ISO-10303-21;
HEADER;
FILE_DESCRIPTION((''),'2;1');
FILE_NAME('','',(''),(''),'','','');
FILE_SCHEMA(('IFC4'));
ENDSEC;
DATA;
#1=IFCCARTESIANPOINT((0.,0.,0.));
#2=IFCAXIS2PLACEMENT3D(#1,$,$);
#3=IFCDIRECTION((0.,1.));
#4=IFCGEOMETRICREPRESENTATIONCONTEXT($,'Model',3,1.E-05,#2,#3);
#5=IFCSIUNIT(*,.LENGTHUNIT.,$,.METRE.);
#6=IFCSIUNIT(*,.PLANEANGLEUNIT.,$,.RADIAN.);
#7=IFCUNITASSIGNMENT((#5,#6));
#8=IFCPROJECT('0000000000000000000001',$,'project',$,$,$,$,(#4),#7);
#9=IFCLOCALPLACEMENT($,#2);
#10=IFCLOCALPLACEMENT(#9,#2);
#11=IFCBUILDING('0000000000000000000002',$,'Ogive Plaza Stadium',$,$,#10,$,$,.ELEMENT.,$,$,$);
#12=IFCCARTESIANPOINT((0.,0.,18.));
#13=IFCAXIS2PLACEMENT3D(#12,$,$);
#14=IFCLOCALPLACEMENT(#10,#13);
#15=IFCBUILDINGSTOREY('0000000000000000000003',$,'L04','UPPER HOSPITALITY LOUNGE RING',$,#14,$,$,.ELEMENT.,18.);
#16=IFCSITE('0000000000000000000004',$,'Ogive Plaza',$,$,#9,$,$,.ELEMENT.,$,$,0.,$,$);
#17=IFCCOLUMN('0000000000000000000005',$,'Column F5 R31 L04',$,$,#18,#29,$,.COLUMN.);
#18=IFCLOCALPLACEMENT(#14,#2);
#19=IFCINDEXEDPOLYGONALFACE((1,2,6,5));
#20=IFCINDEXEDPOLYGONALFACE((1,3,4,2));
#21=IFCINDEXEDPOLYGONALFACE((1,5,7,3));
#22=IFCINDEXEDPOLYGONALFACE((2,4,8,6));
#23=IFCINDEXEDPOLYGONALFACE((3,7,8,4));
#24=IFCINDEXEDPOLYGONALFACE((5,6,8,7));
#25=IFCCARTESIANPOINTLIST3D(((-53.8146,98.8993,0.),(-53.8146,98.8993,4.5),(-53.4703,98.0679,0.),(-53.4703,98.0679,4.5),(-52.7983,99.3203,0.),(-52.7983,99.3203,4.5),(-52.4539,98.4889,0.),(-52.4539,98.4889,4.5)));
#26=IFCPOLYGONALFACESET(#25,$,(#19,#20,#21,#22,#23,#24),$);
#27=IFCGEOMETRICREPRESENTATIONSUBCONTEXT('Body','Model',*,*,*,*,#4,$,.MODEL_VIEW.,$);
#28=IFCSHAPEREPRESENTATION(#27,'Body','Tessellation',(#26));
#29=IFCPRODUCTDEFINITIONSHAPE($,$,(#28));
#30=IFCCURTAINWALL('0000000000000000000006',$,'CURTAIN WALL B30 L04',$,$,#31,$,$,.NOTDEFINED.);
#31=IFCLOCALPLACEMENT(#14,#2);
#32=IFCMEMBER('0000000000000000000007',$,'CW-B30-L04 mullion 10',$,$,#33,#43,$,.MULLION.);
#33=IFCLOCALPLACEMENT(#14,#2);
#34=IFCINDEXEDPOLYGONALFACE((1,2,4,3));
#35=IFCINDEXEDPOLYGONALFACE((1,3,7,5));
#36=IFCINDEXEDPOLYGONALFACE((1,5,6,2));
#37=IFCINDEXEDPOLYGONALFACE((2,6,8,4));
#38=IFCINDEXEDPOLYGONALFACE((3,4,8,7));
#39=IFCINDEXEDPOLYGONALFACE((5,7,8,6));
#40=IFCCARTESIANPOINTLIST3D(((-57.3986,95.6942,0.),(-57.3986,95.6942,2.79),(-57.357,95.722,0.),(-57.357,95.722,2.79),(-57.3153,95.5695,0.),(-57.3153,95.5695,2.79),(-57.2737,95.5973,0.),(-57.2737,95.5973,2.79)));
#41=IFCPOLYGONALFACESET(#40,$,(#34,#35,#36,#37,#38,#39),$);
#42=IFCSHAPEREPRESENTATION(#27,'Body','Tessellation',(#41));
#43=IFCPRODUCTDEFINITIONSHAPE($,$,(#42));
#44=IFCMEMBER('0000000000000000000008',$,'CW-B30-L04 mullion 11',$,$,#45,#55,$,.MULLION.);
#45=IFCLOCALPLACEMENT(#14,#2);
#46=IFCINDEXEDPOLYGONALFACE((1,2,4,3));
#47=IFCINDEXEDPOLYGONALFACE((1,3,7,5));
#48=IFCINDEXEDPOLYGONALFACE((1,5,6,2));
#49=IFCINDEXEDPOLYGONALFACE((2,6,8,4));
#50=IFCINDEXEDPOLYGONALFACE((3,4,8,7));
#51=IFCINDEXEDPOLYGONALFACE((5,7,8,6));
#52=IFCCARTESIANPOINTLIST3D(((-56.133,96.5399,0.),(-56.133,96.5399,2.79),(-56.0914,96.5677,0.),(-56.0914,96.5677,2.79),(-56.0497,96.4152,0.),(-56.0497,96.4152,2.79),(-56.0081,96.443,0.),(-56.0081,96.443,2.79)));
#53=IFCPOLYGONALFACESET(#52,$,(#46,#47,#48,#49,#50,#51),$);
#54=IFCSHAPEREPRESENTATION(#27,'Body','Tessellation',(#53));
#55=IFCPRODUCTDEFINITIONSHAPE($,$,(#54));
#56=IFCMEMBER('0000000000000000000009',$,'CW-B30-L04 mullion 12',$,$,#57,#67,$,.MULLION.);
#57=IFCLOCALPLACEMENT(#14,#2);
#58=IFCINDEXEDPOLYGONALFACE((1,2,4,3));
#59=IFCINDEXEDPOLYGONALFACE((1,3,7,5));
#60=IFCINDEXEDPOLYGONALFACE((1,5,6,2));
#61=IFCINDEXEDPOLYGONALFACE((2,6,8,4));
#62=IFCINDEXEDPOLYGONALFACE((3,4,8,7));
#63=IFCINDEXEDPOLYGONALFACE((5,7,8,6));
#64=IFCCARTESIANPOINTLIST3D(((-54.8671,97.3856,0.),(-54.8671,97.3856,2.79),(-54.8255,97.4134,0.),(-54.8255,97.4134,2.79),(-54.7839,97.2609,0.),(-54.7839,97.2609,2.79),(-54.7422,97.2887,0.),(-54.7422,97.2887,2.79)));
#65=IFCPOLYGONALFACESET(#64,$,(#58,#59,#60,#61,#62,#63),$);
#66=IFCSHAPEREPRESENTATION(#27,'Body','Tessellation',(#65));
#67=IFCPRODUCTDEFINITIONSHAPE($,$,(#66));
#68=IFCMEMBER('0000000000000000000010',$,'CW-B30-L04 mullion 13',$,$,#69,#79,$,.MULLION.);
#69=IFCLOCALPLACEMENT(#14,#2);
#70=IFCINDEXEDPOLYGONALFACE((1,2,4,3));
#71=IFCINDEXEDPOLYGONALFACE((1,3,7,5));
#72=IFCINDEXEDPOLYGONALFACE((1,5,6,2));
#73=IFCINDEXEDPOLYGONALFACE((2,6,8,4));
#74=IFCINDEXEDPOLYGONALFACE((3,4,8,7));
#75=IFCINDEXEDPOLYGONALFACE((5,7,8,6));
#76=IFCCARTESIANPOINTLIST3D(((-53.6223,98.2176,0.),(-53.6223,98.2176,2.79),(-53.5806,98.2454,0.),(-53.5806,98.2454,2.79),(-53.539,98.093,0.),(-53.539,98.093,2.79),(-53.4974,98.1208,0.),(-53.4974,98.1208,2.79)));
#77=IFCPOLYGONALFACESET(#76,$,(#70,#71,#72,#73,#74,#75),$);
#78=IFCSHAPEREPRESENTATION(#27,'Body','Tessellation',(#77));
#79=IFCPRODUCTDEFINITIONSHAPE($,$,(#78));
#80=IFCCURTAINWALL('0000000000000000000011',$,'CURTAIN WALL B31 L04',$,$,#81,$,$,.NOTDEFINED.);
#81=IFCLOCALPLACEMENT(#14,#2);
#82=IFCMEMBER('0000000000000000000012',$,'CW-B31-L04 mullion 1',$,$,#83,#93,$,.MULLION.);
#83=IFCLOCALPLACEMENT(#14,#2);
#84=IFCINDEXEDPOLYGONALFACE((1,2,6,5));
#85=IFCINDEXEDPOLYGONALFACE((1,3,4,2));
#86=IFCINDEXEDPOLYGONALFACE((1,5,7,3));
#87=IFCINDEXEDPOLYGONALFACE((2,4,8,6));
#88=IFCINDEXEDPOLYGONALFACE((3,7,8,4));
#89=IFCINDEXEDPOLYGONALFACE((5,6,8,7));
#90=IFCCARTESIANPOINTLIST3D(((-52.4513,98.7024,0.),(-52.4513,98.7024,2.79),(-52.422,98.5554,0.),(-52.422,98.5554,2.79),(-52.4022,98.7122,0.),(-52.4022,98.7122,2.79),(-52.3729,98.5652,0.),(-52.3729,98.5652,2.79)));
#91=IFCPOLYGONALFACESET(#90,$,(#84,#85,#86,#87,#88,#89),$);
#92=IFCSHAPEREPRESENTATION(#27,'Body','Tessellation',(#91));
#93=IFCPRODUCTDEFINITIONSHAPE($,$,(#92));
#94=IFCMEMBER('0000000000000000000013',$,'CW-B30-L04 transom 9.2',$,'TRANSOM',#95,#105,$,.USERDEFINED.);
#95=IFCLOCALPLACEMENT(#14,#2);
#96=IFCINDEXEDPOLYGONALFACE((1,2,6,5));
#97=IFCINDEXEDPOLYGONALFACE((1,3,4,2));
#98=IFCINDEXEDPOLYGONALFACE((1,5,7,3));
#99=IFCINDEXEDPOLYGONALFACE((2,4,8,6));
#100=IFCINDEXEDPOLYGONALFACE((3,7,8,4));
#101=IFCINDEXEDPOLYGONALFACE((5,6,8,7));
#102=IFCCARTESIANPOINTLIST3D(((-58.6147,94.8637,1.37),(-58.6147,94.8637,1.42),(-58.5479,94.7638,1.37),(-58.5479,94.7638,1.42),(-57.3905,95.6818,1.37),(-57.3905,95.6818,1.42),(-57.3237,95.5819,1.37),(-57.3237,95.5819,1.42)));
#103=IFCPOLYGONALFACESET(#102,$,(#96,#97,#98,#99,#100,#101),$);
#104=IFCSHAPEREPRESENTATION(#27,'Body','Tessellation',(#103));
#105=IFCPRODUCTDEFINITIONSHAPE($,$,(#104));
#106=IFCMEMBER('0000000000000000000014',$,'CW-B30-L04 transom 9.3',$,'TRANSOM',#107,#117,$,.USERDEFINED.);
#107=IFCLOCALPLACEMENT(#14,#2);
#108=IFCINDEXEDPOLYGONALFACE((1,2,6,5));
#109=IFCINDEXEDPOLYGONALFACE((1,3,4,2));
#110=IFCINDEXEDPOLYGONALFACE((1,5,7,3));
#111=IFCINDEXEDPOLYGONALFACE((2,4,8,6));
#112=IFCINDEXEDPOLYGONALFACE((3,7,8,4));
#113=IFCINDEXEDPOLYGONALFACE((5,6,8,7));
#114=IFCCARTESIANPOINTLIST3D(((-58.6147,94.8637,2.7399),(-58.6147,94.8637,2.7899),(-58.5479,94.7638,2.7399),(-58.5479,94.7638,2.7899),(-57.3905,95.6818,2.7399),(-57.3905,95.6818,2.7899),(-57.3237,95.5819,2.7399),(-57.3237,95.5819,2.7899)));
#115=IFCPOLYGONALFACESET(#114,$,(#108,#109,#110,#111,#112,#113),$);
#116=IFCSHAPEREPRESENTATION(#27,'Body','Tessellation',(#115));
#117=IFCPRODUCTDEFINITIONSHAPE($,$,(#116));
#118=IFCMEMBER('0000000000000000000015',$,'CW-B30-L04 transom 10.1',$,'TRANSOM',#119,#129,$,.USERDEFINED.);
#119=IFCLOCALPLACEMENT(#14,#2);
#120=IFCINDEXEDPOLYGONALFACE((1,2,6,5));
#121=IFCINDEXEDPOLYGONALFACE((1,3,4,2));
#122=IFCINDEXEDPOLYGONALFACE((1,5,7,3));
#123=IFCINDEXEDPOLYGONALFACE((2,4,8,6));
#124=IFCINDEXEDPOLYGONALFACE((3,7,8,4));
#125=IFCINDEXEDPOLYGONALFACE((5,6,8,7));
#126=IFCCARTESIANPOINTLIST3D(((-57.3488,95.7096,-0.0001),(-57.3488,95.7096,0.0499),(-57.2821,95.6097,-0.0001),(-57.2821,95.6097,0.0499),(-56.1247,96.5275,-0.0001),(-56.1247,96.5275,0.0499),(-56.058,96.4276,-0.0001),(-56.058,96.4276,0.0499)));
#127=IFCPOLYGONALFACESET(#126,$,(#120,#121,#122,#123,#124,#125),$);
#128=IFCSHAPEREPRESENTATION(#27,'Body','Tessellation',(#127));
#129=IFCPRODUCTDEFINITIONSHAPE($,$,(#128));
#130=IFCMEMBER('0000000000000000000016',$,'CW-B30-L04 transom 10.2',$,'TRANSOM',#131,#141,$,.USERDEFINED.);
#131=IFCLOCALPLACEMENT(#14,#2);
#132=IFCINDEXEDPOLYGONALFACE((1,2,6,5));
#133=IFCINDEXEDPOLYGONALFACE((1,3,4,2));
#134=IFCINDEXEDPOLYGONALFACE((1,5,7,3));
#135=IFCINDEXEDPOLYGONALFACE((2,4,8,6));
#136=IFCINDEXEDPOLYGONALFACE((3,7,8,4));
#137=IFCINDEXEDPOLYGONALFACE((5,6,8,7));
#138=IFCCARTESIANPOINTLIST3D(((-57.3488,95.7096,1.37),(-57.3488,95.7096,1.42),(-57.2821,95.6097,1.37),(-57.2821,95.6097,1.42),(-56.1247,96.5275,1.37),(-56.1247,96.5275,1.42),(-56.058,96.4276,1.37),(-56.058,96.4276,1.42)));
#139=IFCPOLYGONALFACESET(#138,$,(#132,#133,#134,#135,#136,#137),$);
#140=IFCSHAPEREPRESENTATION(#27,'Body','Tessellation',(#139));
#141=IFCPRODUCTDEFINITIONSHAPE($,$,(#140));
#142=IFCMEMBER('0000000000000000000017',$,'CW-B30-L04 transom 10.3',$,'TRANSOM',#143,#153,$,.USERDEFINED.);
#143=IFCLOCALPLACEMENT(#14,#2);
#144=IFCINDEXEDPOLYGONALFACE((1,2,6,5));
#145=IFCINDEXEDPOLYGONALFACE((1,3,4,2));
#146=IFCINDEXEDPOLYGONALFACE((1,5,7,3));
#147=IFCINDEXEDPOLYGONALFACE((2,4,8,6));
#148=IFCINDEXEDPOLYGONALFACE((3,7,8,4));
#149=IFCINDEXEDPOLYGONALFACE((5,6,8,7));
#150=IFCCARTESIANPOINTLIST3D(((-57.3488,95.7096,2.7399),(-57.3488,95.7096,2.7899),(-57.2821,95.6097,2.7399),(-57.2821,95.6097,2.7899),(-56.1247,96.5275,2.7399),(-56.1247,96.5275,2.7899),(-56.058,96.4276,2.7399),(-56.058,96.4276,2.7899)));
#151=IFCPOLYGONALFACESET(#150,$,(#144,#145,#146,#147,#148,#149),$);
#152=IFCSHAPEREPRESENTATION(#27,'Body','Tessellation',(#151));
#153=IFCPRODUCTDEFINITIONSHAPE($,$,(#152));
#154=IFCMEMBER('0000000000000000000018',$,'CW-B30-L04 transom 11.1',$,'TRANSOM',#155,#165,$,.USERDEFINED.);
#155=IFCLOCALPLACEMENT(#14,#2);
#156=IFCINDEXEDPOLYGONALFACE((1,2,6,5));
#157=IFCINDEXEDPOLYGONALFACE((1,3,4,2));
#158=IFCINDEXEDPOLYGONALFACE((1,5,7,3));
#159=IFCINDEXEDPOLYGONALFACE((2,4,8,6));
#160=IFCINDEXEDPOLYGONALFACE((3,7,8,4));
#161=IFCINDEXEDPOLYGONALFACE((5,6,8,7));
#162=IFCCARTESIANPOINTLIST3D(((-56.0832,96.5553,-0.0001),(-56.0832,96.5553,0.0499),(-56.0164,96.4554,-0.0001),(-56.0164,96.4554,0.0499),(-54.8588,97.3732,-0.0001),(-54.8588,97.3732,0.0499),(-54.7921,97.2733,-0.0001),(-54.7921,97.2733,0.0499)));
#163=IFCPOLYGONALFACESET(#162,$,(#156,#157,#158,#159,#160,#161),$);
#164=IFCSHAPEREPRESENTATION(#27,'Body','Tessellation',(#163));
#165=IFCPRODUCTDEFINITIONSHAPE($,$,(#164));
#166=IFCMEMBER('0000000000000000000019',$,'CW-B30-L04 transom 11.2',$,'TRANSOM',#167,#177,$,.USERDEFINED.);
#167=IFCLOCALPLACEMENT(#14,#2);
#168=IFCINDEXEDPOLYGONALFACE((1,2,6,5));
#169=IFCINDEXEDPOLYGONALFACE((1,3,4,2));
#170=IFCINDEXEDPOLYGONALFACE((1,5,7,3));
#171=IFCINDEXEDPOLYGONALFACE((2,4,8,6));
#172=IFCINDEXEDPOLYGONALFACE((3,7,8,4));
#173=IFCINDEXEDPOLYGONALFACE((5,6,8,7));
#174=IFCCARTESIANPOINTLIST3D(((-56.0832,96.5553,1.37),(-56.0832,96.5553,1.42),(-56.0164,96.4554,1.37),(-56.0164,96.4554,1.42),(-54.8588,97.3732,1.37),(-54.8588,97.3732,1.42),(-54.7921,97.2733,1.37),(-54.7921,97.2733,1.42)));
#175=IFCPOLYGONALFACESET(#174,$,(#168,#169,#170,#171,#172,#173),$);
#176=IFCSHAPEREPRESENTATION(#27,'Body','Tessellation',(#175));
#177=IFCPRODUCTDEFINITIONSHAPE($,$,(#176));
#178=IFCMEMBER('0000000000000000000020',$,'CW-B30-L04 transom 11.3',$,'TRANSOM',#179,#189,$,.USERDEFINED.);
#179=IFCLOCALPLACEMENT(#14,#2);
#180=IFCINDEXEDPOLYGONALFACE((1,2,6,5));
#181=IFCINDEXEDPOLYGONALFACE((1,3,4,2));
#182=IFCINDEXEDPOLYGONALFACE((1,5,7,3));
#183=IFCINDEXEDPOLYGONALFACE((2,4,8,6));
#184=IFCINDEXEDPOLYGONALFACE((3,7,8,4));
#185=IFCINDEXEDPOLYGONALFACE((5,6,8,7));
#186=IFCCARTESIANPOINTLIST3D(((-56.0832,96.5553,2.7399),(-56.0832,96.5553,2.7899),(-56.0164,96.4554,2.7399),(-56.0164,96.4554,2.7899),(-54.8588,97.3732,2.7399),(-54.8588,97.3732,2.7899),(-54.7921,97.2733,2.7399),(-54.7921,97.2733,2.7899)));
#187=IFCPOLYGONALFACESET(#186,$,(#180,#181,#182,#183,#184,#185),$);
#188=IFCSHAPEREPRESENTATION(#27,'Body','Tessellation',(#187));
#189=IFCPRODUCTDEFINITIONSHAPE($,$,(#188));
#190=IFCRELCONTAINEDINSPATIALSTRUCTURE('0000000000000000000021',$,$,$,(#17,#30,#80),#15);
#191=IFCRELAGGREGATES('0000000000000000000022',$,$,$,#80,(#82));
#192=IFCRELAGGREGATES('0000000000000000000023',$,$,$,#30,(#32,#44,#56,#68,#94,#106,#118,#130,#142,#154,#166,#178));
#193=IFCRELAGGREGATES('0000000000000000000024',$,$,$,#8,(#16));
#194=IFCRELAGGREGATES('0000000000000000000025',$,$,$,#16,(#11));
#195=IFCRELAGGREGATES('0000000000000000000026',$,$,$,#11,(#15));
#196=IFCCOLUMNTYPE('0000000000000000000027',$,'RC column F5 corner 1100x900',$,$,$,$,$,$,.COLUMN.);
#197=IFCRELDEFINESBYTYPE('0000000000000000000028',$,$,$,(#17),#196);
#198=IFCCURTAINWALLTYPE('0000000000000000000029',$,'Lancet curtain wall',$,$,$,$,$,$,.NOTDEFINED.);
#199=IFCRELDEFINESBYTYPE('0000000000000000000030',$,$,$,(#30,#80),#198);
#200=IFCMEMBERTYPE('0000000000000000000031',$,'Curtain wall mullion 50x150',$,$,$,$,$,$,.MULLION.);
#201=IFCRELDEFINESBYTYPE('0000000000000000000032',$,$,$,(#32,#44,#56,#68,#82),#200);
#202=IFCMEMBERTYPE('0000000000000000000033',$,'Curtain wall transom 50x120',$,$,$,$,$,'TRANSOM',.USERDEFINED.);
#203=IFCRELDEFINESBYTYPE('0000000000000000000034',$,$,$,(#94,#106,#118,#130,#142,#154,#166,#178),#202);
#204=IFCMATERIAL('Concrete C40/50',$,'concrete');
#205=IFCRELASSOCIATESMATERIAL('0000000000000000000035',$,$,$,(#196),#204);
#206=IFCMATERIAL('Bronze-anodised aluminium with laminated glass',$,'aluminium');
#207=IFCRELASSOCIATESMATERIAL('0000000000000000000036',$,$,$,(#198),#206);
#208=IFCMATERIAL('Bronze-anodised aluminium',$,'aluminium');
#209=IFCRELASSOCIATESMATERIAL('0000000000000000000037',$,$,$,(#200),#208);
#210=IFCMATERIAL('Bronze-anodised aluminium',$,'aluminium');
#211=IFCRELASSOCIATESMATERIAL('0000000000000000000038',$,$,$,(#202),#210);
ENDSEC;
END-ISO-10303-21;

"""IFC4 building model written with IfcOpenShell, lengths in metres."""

from ifc_helpers import new_model, si_unit, direction, frame, origin, origin_2d, place, context, subcontext, project, spatial, rectangle, extrude, material, material_profile, profile_set, type_object, element, aggregate, save


model = new_model("IFC4")

# Units and contexts
model_context = context("Model", 3, precision=1e-05, world=origin(), true_north=direction((0.0, 1.0)))
body_context = subcontext(model_context, "Body", "Model", "MODEL_VIEW")
ifc_project = project(units=[si_unit("LENGTHUNIT", "METRE"), si_unit("PLANEANGLEUNIT", "RADIAN")], contexts=[model_context])

# Site, building, storey
site_placement = place(None, origin())
site = spatial("IfcSite", under=ifc_project, at=site_placement, Name="Ogive Plaza", CompositionType="ELEMENT", RefElevation=0.0)
building_placement = place(site_placement, origin())
building = spatial("IfcBuilding", under=site, at=building_placement, Name="Ogive Plaza Stadium", CompositionType="ELEMENT")
storey_placement = place(building_placement, frame((0.0, 0.0, 18.0)))
storey = spatial("IfcBuildingStorey", under=building, at=storey_placement, Name="L04", Description="UPPER HOSPITALITY LOUNGE RING", CompositionType="ELEMENT", Elevation=18.0)

# Column
ifc_material_1 = material(Name="Concrete C40/50", Category="concrete")
ifc_material_profile_1 = material_profile(ifc_material_1, rectangle(XDim=1.1001, YDim=0.8999, at=origin_2d()), Name="RC 1100x900")
ifc_profile_set_1 = profile_set([ifc_material_profile_1], Name="Concrete C40/50")
column_type = type_object("IfcColumnType", Name="RC column F5 corner 1100x900", PredefinedType="COLUMN", material=ifc_profile_set_1)
column_placement = place(storey_placement, frame((-53.1343, 98.6941, 0.0), z_axis=(0.0, 0.0, 1.0), x_axis=(-0.92388, -0.382683, 0.0)))
element("IfcColumn", 1, at=column_placement, inside=storey, type_object=column_type, Name="Column F5 R31 L04", PredefinedType="COLUMN", context=body_context, shape_type="SweptSolid", body=[
    extrude(rectangle(XDim=1.1001, YDim=0.8999, at=origin_2d()), origin(), (0.0, 0.0, 1.0), 4.5),
])

# Curtain wall, members
ifc_material_2 = material(Name="Bronze-anodised aluminium with laminated glass", Category="aluminium")
curtain_wall_type = type_object("IfcCurtainWallType", Name="Lancet curtain wall", PredefinedType="NOTDEFINED", material=ifc_material_2)
curtain_wall_1_placement = place(storey_placement, origin())
curtain_wall_1 = element("IfcCurtainWall", 2, at=curtain_wall_1_placement, inside=storey, type_object=curtain_wall_type, Name="CURTAIN WALL B30 L04", PredefinedType="NOTDEFINED")
ifc_material_3 = material(Name="Bronze-anodised aluminium", Category="aluminium")
ifc_material_profile_2 = material_profile(ifc_material_3, rectangle(XDim=0.1499, YDim=0.05, at=origin_2d()), Name="AL 150x50")
ifc_profile_set_2 = profile_set([ifc_material_profile_2], Name="Bronze-anodised aluminium")
member_type_1 = type_object("IfcMemberType", Name="Curtain wall mullion 50x150", PredefinedType="MULLION", material=ifc_profile_set_2)
member_1_placement = place(storey_placement, frame((-57.3362, 95.6458, 0.0), z_axis=(0.0, 0.0, 1.0), x_axis=(-0.55557, 0.83147, 0.0)))
member_1 = element("IfcMember", 3, at=member_1_placement, type_object=member_type_1, Name="CW-B30-L04 mullion 10", PredefinedType="MULLION", context=body_context, shape_type="SweptSolid", body=[
    extrude(rectangle(XDim=0.1499, YDim=0.05, at=origin_2d()), origin(), (0.0, 0.0, 1.0), 2.79),
])
member_2_placement = place(storey_placement, frame((-56.0706, 96.4915, 0.0), z_axis=(0.0, 0.0, 1.0), x_axis=(-0.55557, 0.83147, 0.0)))
member_2 = element("IfcMember", 4, at=member_2_placement, type_object=member_type_1, Name="CW-B30-L04 mullion 11", PredefinedType="MULLION", context=body_context, shape_type="SweptSolid", body=[
    extrude(rectangle(XDim=0.1499, YDim=0.05, at=origin_2d()), origin(), (0.0, 0.0, 1.0), 2.79),
])
member_3_placement = place(storey_placement, frame((-54.8047, 97.3372, 0.0), z_axis=(0.0, 0.0, 1.0), x_axis=(-0.55557, 0.83147, 0.0)))
member_3 = element("IfcMember", 5, at=member_3_placement, type_object=member_type_1, Name="CW-B30-L04 mullion 12", PredefinedType="MULLION", context=body_context, shape_type="SweptSolid", body=[
    extrude(rectangle(XDim=0.1499, YDim=0.05, at=origin_2d()), origin(), (0.0, 0.0, 1.0), 2.79),
])
member_4_placement = place(storey_placement, frame((-53.5598, 98.1692, 0.0), z_axis=(0.0, 0.0, 1.0), x_axis=(-0.55557, 0.83147, 0.0)))
member_4 = element("IfcMember", 6, at=member_4_placement, type_object=member_type_1, Name="CW-B30-L04 mullion 13", PredefinedType="MULLION", context=body_context, shape_type="SweptSolid", body=[
    extrude(rectangle(XDim=0.1499, YDim=0.05, at=origin_2d()), origin(), (0.0, 0.0, 1.0), 2.79),
])

# Curtain wall, member
curtain_wall_2_placement = place(storey_placement, origin())
curtain_wall_2 = element("IfcCurtainWall", 7, at=curtain_wall_2_placement, inside=storey, type_object=curtain_wall_type, Name="CURTAIN WALL B31 L04", PredefinedType="NOTDEFINED")
member_5_placement = place(storey_placement, frame((-52.4121, 98.6338, 0.0), z_axis=(0.0, 0.0, 1.0), x_axis=(-0.19509, 0.980785, 0.0)))
member_5 = element("IfcMember", 8, at=member_5_placement, type_object=member_type_1, Name="CW-B31-L04 mullion 1", PredefinedType="MULLION", context=body_context, shape_type="SweptSolid", body=[
    extrude(rectangle(XDim=0.1499, YDim=0.05, at=origin_2d()), origin(), (0.0, 0.0, 1.0), 2.79),
])
aggregate(curtain_wall_2, [member_5])

# Members
ifc_material_4 = material(Name="Bronze-anodised aluminium", Category="aluminium")
ifc_material_profile_3 = material_profile(ifc_material_4, rectangle(XDim=0.1201, YDim=0.05, at=origin_2d()), Name="AL 120x50")
ifc_profile_set_3 = profile_set([ifc_material_profile_3], Name="Bronze-anodised aluminium")
member_type_2 = type_object("IfcMemberType", Name="Curtain wall transom 50x120", ElementType="TRANSOM", PredefinedType="USERDEFINED", material=ifc_profile_set_3)
member_6_placement = place(storey_placement, frame((-58.5813, 94.8137, 1.395), z_axis=(0.831412, 0.555656, 0.0), x_axis=(-0.555656, 0.831412, 0.0)))
member_6 = element("IfcMember", 9, at=member_6_placement, type_object=member_type_2, Name="CW-B30-L04 transom 9.2", ObjectType="TRANSOM", PredefinedType="USERDEFINED", context=body_context, shape_type="SweptSolid", body=[
    extrude(rectangle(XDim=0.1201, YDim=0.05, at=origin_2d()), origin(), (0.0, 0.0, 1.0), 1.4724),
])
member_7_placement = place(storey_placement, frame((-58.5813, 94.8137, 2.7649), z_axis=(0.831412, 0.555656, 0.0), x_axis=(-0.555656, 0.831412, 0.0)))
member_7 = element("IfcMember", 10, at=member_7_placement, type_object=member_type_2, Name="CW-B30-L04 transom 9.3", ObjectType="TRANSOM", PredefinedType="USERDEFINED", context=body_context, shape_type="SweptSolid", body=[
    extrude(rectangle(XDim=0.1201, YDim=0.05, at=origin_2d()), origin(), (0.0, 0.0, 1.0), 1.4724),
])
member_8_placement = place(storey_placement, frame((-57.3154, 95.6597, 0.0249), z_axis=(0.831489, 0.555542, 0.0), x_axis=(-0.555542, 0.831489, 0.0)))
member_8 = element("IfcMember", 11, at=member_8_placement, type_object=member_type_2, Name="CW-B30-L04 transom 10.1", ObjectType="TRANSOM", PredefinedType="USERDEFINED", context=body_context, shape_type="SweptSolid", body=[
    extrude(rectangle(XDim=0.1201, YDim=0.05, at=origin_2d()), origin(), (0.0, 0.0, 1.0), 1.4722),
])
member_9_placement = place(storey_placement, frame((-57.3154, 95.6597, 1.395), z_axis=(0.831489, 0.555542, 0.0), x_axis=(-0.555542, 0.831489, 0.0)))
member_9 = element("IfcMember", 12, at=member_9_placement, type_object=member_type_2, Name="CW-B30-L04 transom 10.2", ObjectType="TRANSOM", PredefinedType="USERDEFINED", context=body_context, shape_type="SweptSolid", body=[
    extrude(rectangle(XDim=0.1201, YDim=0.05, at=origin_2d()), origin(), (0.0, 0.0, 1.0), 1.4722),
])
member_10_placement = place(storey_placement, frame((-57.3154, 95.6597, 2.7649), z_axis=(0.831489, 0.555542, 0.0), x_axis=(-0.555542, 0.831489, 0.0)))
member_10 = element("IfcMember", 13, at=member_10_placement, type_object=member_type_2, Name="CW-B30-L04 transom 10.3", ObjectType="TRANSOM", PredefinedType="USERDEFINED", context=body_context, shape_type="SweptSolid", body=[
    extrude(rectangle(XDim=0.1201, YDim=0.05, at=origin_2d()), origin(), (0.0, 0.0, 1.0), 1.4722),
])
member_11_placement = place(storey_placement, frame((-56.0498, 96.5054, 0.0249), z_axis=(0.83154, 0.555465, 0.0), x_axis=(-0.555465, 0.83154, 0.0)))
member_11 = element("IfcMember", 14, at=member_11_placement, type_object=member_type_2, Name="CW-B30-L04 transom 11.1", ObjectType="TRANSOM", PredefinedType="USERDEFINED", context=body_context, shape_type="SweptSolid", body=[
    extrude(rectangle(XDim=0.1201, YDim=0.05, at=origin_2d()), origin(), (0.0, 0.0, 1.0), 1.4724),
])
member_12_placement = place(storey_placement, frame((-56.0498, 96.5054, 1.395), z_axis=(0.83154, 0.555465, 0.0), x_axis=(-0.555465, 0.83154, 0.0)))
member_12 = element("IfcMember", 15, at=member_12_placement, type_object=member_type_2, Name="CW-B30-L04 transom 11.2", ObjectType="TRANSOM", PredefinedType="USERDEFINED", context=body_context, shape_type="SweptSolid", body=[
    extrude(rectangle(XDim=0.1201, YDim=0.05, at=origin_2d()), origin(), (0.0, 0.0, 1.0), 1.4724),
])
member_13_placement = place(storey_placement, frame((-56.0498, 96.5054, 2.7649), z_axis=(0.83154, 0.555465, 0.0), x_axis=(-0.555465, 0.83154, 0.0)))
member_13 = element("IfcMember", 16, at=member_13_placement, type_object=member_type_2, Name="CW-B30-L04 transom 11.3", ObjectType="TRANSOM", PredefinedType="USERDEFINED", context=body_context, shape_type="SweptSolid", body=[
    extrude(rectangle(XDim=0.1201, YDim=0.05, at=origin_2d()), origin(), (0.0, 0.0, 1.0), 1.4724),
])

aggregate(curtain_wall_1, [member_1, member_2, member_3, member_4, member_6, member_7, member_8, member_9, member_10, member_11, member_12, member_13])

save(model, "model.ifc")
